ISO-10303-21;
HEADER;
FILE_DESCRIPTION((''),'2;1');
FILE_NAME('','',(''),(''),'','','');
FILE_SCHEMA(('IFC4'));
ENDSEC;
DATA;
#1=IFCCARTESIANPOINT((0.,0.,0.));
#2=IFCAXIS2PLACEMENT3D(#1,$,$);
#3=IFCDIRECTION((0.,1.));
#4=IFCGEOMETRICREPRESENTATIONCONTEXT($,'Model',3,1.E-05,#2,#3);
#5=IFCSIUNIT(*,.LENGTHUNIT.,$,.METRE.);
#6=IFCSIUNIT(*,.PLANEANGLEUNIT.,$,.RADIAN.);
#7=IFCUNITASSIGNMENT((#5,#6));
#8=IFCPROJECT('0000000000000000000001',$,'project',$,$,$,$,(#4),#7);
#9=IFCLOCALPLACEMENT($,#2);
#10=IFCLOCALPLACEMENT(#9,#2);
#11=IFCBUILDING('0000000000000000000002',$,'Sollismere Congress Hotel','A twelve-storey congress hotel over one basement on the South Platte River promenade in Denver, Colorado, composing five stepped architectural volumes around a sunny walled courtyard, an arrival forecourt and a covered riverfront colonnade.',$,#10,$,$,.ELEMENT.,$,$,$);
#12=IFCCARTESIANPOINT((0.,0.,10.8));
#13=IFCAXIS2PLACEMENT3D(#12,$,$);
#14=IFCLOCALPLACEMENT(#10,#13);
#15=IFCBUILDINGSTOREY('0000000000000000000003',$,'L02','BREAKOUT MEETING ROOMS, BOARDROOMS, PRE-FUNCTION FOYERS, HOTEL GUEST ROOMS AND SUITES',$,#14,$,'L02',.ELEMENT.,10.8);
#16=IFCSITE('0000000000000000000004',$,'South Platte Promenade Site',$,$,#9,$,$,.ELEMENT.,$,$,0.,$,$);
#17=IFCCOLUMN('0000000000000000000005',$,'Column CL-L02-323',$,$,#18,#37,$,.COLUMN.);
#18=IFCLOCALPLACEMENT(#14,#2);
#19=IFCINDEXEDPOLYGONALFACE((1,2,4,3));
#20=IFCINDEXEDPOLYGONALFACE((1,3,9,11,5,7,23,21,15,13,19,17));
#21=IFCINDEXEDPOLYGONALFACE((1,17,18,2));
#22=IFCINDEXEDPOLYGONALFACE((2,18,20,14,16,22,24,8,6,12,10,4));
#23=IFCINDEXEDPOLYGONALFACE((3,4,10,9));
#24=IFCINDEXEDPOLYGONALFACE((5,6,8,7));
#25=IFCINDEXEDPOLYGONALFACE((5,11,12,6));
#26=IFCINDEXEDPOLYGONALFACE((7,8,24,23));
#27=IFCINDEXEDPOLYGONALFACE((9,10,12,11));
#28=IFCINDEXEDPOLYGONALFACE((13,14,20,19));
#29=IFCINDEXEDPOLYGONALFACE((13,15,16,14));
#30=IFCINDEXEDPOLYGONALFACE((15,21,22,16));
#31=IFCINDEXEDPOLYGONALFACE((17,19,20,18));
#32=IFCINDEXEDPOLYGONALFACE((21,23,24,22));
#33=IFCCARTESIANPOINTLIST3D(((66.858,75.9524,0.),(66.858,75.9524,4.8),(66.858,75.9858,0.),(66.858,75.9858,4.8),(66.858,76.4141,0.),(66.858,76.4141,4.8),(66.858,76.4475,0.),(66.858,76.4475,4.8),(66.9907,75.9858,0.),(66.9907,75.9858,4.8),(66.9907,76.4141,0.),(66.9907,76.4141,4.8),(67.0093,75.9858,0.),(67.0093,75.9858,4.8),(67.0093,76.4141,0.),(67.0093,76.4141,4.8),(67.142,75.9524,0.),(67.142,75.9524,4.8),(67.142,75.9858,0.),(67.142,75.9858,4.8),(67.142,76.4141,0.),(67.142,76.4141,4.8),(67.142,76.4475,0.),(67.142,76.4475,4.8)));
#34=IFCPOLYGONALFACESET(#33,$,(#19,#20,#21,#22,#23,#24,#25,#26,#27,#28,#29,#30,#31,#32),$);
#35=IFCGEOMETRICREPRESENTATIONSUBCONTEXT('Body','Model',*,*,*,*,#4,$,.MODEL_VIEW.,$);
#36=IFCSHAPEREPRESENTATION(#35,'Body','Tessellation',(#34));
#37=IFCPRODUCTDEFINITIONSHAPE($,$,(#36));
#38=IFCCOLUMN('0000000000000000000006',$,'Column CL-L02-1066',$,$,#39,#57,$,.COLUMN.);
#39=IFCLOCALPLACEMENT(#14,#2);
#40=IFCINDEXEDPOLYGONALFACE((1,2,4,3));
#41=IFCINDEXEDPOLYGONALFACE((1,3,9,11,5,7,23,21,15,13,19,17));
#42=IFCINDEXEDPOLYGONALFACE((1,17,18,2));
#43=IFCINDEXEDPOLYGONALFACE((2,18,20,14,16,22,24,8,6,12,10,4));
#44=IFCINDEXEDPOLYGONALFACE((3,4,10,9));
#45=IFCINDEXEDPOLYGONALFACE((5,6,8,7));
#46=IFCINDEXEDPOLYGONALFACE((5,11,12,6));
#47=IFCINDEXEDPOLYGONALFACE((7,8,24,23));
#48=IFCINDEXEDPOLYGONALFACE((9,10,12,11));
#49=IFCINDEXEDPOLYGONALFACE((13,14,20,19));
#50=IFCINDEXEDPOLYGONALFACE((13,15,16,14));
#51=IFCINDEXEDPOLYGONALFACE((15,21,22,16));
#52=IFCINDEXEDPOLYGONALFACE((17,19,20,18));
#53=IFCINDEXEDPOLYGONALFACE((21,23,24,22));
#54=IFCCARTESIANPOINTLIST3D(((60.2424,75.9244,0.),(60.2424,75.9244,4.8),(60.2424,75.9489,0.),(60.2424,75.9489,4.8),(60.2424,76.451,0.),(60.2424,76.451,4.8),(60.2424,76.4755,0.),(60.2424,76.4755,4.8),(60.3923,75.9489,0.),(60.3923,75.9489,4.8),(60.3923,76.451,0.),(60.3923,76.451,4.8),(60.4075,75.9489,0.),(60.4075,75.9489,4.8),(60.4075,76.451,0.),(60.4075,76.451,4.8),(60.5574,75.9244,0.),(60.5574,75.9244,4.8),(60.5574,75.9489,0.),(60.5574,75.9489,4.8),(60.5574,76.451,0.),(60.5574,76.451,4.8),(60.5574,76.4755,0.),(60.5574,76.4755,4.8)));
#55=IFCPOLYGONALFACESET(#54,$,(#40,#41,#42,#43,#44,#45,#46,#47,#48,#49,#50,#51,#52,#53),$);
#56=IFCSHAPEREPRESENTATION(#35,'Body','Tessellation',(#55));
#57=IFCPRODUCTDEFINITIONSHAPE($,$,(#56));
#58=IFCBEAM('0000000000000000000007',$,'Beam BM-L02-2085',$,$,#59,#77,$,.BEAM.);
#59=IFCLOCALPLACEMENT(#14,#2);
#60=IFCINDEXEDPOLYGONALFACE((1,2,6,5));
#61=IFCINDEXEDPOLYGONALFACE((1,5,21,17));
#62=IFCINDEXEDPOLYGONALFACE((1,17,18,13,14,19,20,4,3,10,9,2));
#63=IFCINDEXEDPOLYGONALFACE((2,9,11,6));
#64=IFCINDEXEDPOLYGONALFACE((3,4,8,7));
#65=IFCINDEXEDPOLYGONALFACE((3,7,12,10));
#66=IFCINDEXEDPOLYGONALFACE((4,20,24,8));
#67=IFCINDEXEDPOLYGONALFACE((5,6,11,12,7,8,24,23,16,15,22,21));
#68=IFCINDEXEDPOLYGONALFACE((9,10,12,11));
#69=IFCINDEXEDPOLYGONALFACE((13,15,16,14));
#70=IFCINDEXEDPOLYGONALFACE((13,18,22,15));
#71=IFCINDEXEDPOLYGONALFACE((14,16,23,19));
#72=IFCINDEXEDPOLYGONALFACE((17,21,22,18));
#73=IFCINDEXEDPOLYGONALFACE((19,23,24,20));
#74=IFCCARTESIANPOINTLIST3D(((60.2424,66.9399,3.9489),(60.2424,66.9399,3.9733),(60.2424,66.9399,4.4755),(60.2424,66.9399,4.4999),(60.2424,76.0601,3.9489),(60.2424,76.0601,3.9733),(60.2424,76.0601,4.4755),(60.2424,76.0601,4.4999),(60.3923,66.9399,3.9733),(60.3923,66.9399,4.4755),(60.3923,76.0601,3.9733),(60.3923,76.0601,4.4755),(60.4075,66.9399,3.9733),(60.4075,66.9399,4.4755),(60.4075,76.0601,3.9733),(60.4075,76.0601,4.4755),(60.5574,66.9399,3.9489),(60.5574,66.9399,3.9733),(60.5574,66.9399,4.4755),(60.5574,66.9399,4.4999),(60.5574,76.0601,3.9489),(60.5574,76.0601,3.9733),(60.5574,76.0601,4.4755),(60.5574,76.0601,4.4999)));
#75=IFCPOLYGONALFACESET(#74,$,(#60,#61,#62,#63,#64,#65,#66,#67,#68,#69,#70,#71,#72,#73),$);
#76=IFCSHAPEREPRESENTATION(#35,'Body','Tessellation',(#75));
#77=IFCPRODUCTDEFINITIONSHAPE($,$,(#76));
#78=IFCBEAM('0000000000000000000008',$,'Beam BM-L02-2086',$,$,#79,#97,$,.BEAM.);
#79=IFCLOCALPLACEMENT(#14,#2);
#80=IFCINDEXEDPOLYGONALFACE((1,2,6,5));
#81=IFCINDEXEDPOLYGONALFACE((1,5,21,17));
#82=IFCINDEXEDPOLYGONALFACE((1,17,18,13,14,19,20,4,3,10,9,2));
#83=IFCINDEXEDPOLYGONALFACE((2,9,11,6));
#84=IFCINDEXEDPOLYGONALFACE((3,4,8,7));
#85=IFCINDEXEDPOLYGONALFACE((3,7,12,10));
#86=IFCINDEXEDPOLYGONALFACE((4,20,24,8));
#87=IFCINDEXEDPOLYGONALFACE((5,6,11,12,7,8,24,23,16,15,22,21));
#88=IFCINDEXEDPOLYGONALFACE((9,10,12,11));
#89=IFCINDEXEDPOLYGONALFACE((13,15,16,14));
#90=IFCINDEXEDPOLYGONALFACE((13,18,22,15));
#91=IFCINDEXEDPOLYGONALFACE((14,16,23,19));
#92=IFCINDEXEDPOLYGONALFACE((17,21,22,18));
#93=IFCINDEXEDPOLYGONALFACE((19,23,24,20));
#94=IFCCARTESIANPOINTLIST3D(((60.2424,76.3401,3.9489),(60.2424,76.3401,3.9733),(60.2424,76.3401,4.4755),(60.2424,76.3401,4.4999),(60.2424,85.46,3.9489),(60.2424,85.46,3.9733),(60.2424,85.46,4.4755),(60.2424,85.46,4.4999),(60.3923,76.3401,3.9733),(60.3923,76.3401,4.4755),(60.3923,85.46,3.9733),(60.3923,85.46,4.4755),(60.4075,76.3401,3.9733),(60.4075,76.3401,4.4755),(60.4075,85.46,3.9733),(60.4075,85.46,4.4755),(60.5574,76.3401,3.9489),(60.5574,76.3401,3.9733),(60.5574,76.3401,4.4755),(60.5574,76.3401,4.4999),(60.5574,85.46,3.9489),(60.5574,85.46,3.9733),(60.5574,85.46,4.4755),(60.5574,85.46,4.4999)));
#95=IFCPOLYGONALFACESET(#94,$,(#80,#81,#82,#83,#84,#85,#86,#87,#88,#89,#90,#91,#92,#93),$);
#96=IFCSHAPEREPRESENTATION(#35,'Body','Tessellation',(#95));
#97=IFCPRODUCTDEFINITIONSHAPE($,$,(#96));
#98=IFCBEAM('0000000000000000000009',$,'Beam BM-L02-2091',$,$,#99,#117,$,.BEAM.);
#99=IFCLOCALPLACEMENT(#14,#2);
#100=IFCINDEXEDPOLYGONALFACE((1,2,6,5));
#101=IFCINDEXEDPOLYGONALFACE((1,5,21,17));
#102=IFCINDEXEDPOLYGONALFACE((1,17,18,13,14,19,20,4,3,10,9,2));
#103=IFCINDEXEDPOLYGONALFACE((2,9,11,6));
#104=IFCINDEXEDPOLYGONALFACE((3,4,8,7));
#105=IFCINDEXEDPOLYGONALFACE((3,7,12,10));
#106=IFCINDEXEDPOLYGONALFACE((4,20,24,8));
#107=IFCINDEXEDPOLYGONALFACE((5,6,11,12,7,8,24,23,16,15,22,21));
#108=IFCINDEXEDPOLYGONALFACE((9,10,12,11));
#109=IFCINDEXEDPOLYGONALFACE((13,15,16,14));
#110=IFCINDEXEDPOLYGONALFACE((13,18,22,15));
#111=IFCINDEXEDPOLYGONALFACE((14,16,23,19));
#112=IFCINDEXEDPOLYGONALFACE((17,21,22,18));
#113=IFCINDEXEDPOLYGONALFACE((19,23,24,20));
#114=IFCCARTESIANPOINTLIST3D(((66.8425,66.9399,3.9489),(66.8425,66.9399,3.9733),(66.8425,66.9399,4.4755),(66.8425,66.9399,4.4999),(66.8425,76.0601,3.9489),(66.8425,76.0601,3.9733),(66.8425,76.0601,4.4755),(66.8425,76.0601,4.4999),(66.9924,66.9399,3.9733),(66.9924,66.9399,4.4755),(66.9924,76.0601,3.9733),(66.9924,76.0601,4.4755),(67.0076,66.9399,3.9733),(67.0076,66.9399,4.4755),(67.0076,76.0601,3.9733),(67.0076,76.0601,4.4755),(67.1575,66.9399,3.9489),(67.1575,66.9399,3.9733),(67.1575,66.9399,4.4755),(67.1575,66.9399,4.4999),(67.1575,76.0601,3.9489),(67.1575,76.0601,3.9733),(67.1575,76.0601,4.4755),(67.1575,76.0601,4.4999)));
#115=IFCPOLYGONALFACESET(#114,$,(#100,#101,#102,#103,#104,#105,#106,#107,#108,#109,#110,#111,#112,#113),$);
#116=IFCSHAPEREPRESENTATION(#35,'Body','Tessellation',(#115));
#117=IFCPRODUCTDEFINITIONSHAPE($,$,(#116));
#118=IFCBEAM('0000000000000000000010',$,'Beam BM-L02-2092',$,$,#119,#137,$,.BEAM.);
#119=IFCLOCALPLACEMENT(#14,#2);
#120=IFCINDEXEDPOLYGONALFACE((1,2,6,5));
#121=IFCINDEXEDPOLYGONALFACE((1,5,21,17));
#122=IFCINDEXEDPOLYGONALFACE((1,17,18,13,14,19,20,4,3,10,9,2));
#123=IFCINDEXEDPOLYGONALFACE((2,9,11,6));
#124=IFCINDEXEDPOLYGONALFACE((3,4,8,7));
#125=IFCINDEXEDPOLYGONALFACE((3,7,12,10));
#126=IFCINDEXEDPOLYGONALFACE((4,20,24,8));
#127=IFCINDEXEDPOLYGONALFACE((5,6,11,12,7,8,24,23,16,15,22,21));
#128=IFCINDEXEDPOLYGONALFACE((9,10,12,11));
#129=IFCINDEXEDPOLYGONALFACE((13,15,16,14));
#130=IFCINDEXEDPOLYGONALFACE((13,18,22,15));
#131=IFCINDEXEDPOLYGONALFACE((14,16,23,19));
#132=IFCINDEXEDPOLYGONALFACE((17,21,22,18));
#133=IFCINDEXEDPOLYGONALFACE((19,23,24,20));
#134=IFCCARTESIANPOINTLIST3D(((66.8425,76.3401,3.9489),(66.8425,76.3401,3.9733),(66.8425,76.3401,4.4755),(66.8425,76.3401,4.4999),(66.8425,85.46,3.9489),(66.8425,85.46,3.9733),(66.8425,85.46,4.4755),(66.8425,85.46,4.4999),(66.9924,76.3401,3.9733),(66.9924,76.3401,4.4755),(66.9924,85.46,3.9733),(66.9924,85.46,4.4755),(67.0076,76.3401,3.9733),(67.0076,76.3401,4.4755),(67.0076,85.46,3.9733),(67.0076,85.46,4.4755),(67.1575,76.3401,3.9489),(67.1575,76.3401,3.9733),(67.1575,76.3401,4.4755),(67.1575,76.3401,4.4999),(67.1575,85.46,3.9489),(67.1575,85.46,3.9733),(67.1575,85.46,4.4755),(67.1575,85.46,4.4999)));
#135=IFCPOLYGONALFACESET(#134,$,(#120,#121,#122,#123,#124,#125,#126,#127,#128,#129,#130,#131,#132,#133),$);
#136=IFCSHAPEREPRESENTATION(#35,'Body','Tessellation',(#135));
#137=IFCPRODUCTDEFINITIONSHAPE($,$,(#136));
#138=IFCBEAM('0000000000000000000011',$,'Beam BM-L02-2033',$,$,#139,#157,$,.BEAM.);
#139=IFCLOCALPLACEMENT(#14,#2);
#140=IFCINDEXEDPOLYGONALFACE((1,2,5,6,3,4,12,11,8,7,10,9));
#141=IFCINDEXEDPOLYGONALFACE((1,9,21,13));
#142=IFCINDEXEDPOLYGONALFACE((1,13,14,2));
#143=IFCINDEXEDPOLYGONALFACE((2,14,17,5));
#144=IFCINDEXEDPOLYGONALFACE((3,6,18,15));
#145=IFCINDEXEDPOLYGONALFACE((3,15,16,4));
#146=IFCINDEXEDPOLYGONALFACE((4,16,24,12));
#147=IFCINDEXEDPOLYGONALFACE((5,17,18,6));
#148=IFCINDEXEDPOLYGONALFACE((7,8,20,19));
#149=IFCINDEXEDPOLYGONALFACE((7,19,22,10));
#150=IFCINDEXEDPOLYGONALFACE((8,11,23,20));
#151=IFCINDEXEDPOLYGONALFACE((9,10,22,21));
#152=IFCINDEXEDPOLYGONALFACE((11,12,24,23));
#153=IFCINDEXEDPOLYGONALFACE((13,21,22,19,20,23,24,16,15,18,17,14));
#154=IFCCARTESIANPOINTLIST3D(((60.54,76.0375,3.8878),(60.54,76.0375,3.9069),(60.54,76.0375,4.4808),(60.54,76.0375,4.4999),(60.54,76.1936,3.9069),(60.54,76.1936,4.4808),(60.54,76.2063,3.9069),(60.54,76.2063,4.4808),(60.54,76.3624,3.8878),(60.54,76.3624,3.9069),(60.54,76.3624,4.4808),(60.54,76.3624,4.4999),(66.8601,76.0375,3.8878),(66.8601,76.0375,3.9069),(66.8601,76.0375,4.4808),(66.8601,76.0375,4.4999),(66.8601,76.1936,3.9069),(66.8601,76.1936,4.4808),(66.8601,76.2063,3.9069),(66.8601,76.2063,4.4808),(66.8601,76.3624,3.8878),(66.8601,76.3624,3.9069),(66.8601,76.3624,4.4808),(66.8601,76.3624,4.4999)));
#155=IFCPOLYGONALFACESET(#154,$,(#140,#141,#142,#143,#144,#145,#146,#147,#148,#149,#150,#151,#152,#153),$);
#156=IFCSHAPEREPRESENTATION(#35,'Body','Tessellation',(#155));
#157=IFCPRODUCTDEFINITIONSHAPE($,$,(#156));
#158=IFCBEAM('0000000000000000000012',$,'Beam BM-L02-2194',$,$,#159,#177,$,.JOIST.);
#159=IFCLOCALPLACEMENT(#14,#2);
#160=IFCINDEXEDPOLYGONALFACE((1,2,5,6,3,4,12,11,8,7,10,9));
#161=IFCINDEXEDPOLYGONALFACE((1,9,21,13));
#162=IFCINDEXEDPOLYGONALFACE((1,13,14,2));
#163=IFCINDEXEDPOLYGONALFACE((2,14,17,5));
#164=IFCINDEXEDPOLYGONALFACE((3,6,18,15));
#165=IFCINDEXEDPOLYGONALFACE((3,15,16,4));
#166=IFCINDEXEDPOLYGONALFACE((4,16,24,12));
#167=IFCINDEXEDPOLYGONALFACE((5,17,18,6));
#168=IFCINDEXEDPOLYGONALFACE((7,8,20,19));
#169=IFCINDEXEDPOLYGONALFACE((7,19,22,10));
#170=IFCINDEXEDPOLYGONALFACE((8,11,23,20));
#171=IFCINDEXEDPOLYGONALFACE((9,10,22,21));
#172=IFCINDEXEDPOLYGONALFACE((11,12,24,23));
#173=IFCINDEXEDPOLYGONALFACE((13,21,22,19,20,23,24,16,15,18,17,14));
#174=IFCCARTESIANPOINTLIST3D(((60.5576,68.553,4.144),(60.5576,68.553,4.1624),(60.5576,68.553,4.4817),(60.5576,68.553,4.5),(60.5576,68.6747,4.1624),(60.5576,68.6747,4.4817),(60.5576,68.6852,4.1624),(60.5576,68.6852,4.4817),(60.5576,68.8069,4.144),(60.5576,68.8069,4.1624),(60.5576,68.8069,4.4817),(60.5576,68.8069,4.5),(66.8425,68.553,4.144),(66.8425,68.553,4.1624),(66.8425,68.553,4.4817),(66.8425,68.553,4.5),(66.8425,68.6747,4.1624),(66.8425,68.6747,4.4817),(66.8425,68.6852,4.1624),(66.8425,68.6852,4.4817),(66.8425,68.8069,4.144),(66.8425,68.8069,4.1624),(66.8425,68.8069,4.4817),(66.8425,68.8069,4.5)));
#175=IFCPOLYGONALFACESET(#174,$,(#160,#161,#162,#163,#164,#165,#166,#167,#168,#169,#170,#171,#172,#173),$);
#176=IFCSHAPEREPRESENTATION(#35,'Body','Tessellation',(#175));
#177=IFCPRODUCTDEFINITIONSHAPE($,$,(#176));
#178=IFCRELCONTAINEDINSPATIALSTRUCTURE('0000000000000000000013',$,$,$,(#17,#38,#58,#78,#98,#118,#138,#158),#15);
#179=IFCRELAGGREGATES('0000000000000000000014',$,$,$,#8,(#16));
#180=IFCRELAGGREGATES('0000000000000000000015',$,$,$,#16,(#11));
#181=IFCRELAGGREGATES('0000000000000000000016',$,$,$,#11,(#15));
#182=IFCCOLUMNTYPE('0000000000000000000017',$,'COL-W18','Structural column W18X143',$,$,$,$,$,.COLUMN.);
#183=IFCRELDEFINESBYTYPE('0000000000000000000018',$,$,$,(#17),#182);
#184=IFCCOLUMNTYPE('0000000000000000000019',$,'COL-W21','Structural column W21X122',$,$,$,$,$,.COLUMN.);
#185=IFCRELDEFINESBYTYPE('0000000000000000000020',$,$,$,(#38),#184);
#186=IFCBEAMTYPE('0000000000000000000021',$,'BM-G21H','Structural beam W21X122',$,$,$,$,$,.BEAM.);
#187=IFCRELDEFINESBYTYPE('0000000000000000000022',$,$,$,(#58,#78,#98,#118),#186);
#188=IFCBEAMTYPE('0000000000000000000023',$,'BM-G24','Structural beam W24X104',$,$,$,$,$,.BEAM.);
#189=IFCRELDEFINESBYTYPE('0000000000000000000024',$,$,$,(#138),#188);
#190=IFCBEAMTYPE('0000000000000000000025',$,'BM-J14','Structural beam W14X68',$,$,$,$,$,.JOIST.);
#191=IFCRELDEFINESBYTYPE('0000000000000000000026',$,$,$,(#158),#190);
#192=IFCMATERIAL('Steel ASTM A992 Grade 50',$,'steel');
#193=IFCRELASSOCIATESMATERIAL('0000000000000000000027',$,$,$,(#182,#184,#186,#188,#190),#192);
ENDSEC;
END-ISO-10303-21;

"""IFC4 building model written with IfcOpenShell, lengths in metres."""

from ifc_helpers import new_model, si_unit, direction, frame, origin, origin_2d, place, context, subcontext, project, spatial, i_section, extrude, material, material_profile, profile_set, type_object, element, save


model = new_model("IFC4")

# Units and contexts
model_context = context("Model", 3, precision=1e-05, world=origin(), true_north=direction((0.0, 1.0)))
body_context = subcontext(model_context, "Body", "Model", "MODEL_VIEW")
ifc_project = project(units=[si_unit("LENGTHUNIT", "METRE"), si_unit("PLANEANGLEUNIT", "RADIAN")], contexts=[model_context])

# Site, building, storey
site_placement = place(None, origin())
site = spatial("IfcSite", under=ifc_project, at=site_placement, Name="South Platte Promenade Site", CompositionType="ELEMENT", RefElevation=0.0)
building_placement = place(site_placement, origin())
building = spatial("IfcBuilding", under=site, at=building_placement, Name="Sollismere Congress Hotel", Description="A twelve-storey congress hotel over one basement on the South Platte River promenade in Denver, Colorado, composing five stepped architectural volumes around a sunny walled courtyard, an arrival forecourt and a covered riverfront colonnade.", CompositionType="ELEMENT")
storey_placement = place(building_placement, frame((0.0, 0.0, 10.8)))
storey = spatial("IfcBuildingStorey", under=building, at=storey_placement, Name="L02", Description="BREAKOUT MEETING ROOMS, BOARDROOMS, PRE-FUNCTION FOYERS, HOTEL GUEST ROOMS AND SUITES", LongName="L02", CompositionType="ELEMENT", Elevation=10.8)

# Columns
ifc_material_1 = material(Name="Steel ASTM A992 Grade 50", Category="steel")
ifc_material_profile_1 = material_profile(ifc_material_1, i_section(OverallWidth=0.2839, OverallDepth=0.4951, WebThickness=0.0186, FlangeThickness=0.0334, at=origin_2d()), Name="W18X143")
ifc_profile_set_1 = profile_set([ifc_material_profile_1], Name="Steel ASTM A992 Grade 50")
column_type_1 = type_object("IfcColumnType", Name="COL-W18", Description="Structural column W18X143", PredefinedType="COLUMN", material=ifc_profile_set_1)
column_1_placement = place(storey_placement, frame((67.0, 76.2, 0.0), z_axis=(0.0, 0.0, 1.0), x_axis=(1.0, 0.0, 0.0)))
element("IfcColumn", 1, at=column_1_placement, inside=storey, type_object=column_type_1, Name="Column CL-L02-323", PredefinedType="COLUMN", context=body_context, shape_type="SweptSolid", body=[
    extrude(i_section(OverallWidth=0.2839, OverallDepth=0.4951, WebThickness=0.0186, FlangeThickness=0.0334, at=origin_2d()), origin(), (0.0, 0.0, 1.0), 4.8),
])
ifc_material_profile_2 = material_profile(ifc_material_1, i_section(OverallWidth=0.3149, OverallDepth=0.551, WebThickness=0.0151, FlangeThickness=0.0244, at=origin_2d()), Name="W21X122")
ifc_profile_set_2 = profile_set([ifc_material_profile_2], Name="Steel ASTM A992 Grade 50")
column_type_2 = type_object("IfcColumnType", Name="COL-W21", Description="Structural column W21X122", PredefinedType="COLUMN", material=ifc_profile_set_2)
column_2_placement = place(storey_placement, frame((60.3999, 76.2, 0.0), z_axis=(0.0, 0.0, 1.0), x_axis=(1.0, 0.0, 0.0)))
element("IfcColumn", 2, at=column_2_placement, inside=storey, type_object=column_type_2, Name="Column CL-L02-1066", PredefinedType="COLUMN", context=body_context, shape_type="SweptSolid", body=[
    extrude(i_section(OverallWidth=0.3149, OverallDepth=0.551, WebThickness=0.0151, FlangeThickness=0.0244, at=origin_2d()), origin(), (0.0, 0.0, 1.0), 4.8),
])

# Beams
ifc_material_profile_3 = material_profile(ifc_material_1, i_section(OverallWidth=0.3149, OverallDepth=0.551, WebThickness=0.0151, FlangeThickness=0.0244, at=origin_2d()), Name="W21X122")
ifc_profile_set_3 = profile_set([ifc_material_profile_3], Name="Steel ASTM A992 Grade 50")
beam_type_1 = type_object("IfcBeamType", Name="BM-G21H", Description="Structural beam W21X122", PredefinedType="BEAM", material=ifc_profile_set_3)
beam_1_placement = place(storey_placement, frame((60.3999, 66.9399, 4.2244), z_axis=(0.0, 1.0, 0.0), x_axis=(-1.0, 0.0, 0.0)))
element("IfcBeam", 3, at=beam_1_placement, inside=storey, type_object=beam_type_1, Name="Beam BM-L02-2085", PredefinedType="BEAM", context=body_context, shape_type="SweptSolid", body=[
    extrude(i_section(OverallWidth=0.3149, OverallDepth=0.551, WebThickness=0.0151, FlangeThickness=0.0244, at=origin_2d()), origin(), (0.0, 0.0, 1.0), 9.1201),
])
beam_2_placement = place(storey_placement, frame((60.3999, 76.3401, 4.2244), z_axis=(0.0, 1.0, 0.0), x_axis=(-1.0, 0.0, 0.0)))
element("IfcBeam", 4, at=beam_2_placement, inside=storey, type_object=beam_type_1, Name="Beam BM-L02-2086", PredefinedType="BEAM", context=body_context, shape_type="SweptSolid", body=[
    extrude(i_section(OverallWidth=0.3149, OverallDepth=0.551, WebThickness=0.0151, FlangeThickness=0.0244, at=origin_2d()), origin(), (0.0, 0.0, 1.0), 9.1199),
])
beam_3_placement = place(storey_placement, frame((67.0, 66.9399, 4.2244), z_axis=(0.0, 1.0, 0.0), x_axis=(-1.0, 0.0, 0.0)))
element("IfcBeam", 5, at=beam_3_placement, inside=storey, type_object=beam_type_1, Name="Beam BM-L02-2091", PredefinedType="BEAM", context=body_context, shape_type="SweptSolid", body=[
    extrude(i_section(OverallWidth=0.3149, OverallDepth=0.551, WebThickness=0.0151, FlangeThickness=0.0244, at=origin_2d()), origin(), (0.0, 0.0, 1.0), 9.1201),
])
beam_4_placement = place(storey_placement, frame((67.0, 76.3401, 4.2244), z_axis=(0.0, 1.0, 0.0), x_axis=(-1.0, 0.0, 0.0)))
element("IfcBeam", 6, at=beam_4_placement, inside=storey, type_object=beam_type_1, Name="Beam BM-L02-2092", PredefinedType="BEAM", context=body_context, shape_type="SweptSolid", body=[
    extrude(i_section(OverallWidth=0.3149, OverallDepth=0.551, WebThickness=0.0151, FlangeThickness=0.0244, at=origin_2d()), origin(), (0.0, 0.0, 1.0), 9.1199),
])
ifc_material_profile_4 = material_profile(ifc_material_1, i_section(OverallWidth=0.325, OverallDepth=0.6121, WebThickness=0.0127, FlangeThickness=0.019, at=origin_2d()), Name="W24X104")
ifc_profile_set_4 = profile_set([ifc_material_profile_4], Name="Steel ASTM A992 Grade 50")
beam_type_2 = type_object("IfcBeamType", Name="BM-G24", Description="Structural beam W24X104", PredefinedType="BEAM", material=ifc_profile_set_4)
beam_5_placement = place(storey_placement, frame((60.54, 76.2, 4.1938), z_axis=(1.0, 0.0, 0.0), x_axis=(0.0, 1.0, 0.0)))
element("IfcBeam", 7, at=beam_5_placement, inside=storey, type_object=beam_type_2, Name="Beam BM-L02-2033", PredefinedType="BEAM", context=body_context, shape_type="SweptSolid", body=[
    extrude(i_section(OverallWidth=0.325, OverallDepth=0.6121, WebThickness=0.0127, FlangeThickness=0.019, at=origin_2d()), origin(), (0.0, 0.0, 1.0), 6.3201),
])
ifc_material_profile_5 = material_profile(ifc_material_1, i_section(OverallWidth=0.2539, OverallDepth=0.356, WebThickness=0.0105, FlangeThickness=0.0183, at=origin_2d()), Name="W14X68")
ifc_profile_set_5 = profile_set([ifc_material_profile_5], Name="Steel ASTM A992 Grade 50")
beam_type_3 = type_object("IfcBeamType", Name="BM-J14", Description="Structural beam W14X68", PredefinedType="JOIST", material=ifc_profile_set_5)
for number, where, z_axis, x_axis, name in (
    (8, (60.5576, 68.6799, 4.322), (1.0, 0.0, 0.0), (0.0, 1.0, 0.0), "Beam BM-L02-2194"),
):
    element("IfcBeam", number, at=place(storey_placement, frame(where, z_axis=z_axis, x_axis=x_axis)), inside=storey, type_object=beam_type_3, Name=name, PredefinedType="JOIST", context=body_context, shape_type="SweptSolid", body=[
        extrude(i_section(OverallWidth=0.2539, OverallDepth=0.356, WebThickness=0.0105, FlangeThickness=0.0183, at=origin_2d()), origin(), (0.0, 0.0, 1.0), 6.2849),
    ])

save(model, "model.ifc")
